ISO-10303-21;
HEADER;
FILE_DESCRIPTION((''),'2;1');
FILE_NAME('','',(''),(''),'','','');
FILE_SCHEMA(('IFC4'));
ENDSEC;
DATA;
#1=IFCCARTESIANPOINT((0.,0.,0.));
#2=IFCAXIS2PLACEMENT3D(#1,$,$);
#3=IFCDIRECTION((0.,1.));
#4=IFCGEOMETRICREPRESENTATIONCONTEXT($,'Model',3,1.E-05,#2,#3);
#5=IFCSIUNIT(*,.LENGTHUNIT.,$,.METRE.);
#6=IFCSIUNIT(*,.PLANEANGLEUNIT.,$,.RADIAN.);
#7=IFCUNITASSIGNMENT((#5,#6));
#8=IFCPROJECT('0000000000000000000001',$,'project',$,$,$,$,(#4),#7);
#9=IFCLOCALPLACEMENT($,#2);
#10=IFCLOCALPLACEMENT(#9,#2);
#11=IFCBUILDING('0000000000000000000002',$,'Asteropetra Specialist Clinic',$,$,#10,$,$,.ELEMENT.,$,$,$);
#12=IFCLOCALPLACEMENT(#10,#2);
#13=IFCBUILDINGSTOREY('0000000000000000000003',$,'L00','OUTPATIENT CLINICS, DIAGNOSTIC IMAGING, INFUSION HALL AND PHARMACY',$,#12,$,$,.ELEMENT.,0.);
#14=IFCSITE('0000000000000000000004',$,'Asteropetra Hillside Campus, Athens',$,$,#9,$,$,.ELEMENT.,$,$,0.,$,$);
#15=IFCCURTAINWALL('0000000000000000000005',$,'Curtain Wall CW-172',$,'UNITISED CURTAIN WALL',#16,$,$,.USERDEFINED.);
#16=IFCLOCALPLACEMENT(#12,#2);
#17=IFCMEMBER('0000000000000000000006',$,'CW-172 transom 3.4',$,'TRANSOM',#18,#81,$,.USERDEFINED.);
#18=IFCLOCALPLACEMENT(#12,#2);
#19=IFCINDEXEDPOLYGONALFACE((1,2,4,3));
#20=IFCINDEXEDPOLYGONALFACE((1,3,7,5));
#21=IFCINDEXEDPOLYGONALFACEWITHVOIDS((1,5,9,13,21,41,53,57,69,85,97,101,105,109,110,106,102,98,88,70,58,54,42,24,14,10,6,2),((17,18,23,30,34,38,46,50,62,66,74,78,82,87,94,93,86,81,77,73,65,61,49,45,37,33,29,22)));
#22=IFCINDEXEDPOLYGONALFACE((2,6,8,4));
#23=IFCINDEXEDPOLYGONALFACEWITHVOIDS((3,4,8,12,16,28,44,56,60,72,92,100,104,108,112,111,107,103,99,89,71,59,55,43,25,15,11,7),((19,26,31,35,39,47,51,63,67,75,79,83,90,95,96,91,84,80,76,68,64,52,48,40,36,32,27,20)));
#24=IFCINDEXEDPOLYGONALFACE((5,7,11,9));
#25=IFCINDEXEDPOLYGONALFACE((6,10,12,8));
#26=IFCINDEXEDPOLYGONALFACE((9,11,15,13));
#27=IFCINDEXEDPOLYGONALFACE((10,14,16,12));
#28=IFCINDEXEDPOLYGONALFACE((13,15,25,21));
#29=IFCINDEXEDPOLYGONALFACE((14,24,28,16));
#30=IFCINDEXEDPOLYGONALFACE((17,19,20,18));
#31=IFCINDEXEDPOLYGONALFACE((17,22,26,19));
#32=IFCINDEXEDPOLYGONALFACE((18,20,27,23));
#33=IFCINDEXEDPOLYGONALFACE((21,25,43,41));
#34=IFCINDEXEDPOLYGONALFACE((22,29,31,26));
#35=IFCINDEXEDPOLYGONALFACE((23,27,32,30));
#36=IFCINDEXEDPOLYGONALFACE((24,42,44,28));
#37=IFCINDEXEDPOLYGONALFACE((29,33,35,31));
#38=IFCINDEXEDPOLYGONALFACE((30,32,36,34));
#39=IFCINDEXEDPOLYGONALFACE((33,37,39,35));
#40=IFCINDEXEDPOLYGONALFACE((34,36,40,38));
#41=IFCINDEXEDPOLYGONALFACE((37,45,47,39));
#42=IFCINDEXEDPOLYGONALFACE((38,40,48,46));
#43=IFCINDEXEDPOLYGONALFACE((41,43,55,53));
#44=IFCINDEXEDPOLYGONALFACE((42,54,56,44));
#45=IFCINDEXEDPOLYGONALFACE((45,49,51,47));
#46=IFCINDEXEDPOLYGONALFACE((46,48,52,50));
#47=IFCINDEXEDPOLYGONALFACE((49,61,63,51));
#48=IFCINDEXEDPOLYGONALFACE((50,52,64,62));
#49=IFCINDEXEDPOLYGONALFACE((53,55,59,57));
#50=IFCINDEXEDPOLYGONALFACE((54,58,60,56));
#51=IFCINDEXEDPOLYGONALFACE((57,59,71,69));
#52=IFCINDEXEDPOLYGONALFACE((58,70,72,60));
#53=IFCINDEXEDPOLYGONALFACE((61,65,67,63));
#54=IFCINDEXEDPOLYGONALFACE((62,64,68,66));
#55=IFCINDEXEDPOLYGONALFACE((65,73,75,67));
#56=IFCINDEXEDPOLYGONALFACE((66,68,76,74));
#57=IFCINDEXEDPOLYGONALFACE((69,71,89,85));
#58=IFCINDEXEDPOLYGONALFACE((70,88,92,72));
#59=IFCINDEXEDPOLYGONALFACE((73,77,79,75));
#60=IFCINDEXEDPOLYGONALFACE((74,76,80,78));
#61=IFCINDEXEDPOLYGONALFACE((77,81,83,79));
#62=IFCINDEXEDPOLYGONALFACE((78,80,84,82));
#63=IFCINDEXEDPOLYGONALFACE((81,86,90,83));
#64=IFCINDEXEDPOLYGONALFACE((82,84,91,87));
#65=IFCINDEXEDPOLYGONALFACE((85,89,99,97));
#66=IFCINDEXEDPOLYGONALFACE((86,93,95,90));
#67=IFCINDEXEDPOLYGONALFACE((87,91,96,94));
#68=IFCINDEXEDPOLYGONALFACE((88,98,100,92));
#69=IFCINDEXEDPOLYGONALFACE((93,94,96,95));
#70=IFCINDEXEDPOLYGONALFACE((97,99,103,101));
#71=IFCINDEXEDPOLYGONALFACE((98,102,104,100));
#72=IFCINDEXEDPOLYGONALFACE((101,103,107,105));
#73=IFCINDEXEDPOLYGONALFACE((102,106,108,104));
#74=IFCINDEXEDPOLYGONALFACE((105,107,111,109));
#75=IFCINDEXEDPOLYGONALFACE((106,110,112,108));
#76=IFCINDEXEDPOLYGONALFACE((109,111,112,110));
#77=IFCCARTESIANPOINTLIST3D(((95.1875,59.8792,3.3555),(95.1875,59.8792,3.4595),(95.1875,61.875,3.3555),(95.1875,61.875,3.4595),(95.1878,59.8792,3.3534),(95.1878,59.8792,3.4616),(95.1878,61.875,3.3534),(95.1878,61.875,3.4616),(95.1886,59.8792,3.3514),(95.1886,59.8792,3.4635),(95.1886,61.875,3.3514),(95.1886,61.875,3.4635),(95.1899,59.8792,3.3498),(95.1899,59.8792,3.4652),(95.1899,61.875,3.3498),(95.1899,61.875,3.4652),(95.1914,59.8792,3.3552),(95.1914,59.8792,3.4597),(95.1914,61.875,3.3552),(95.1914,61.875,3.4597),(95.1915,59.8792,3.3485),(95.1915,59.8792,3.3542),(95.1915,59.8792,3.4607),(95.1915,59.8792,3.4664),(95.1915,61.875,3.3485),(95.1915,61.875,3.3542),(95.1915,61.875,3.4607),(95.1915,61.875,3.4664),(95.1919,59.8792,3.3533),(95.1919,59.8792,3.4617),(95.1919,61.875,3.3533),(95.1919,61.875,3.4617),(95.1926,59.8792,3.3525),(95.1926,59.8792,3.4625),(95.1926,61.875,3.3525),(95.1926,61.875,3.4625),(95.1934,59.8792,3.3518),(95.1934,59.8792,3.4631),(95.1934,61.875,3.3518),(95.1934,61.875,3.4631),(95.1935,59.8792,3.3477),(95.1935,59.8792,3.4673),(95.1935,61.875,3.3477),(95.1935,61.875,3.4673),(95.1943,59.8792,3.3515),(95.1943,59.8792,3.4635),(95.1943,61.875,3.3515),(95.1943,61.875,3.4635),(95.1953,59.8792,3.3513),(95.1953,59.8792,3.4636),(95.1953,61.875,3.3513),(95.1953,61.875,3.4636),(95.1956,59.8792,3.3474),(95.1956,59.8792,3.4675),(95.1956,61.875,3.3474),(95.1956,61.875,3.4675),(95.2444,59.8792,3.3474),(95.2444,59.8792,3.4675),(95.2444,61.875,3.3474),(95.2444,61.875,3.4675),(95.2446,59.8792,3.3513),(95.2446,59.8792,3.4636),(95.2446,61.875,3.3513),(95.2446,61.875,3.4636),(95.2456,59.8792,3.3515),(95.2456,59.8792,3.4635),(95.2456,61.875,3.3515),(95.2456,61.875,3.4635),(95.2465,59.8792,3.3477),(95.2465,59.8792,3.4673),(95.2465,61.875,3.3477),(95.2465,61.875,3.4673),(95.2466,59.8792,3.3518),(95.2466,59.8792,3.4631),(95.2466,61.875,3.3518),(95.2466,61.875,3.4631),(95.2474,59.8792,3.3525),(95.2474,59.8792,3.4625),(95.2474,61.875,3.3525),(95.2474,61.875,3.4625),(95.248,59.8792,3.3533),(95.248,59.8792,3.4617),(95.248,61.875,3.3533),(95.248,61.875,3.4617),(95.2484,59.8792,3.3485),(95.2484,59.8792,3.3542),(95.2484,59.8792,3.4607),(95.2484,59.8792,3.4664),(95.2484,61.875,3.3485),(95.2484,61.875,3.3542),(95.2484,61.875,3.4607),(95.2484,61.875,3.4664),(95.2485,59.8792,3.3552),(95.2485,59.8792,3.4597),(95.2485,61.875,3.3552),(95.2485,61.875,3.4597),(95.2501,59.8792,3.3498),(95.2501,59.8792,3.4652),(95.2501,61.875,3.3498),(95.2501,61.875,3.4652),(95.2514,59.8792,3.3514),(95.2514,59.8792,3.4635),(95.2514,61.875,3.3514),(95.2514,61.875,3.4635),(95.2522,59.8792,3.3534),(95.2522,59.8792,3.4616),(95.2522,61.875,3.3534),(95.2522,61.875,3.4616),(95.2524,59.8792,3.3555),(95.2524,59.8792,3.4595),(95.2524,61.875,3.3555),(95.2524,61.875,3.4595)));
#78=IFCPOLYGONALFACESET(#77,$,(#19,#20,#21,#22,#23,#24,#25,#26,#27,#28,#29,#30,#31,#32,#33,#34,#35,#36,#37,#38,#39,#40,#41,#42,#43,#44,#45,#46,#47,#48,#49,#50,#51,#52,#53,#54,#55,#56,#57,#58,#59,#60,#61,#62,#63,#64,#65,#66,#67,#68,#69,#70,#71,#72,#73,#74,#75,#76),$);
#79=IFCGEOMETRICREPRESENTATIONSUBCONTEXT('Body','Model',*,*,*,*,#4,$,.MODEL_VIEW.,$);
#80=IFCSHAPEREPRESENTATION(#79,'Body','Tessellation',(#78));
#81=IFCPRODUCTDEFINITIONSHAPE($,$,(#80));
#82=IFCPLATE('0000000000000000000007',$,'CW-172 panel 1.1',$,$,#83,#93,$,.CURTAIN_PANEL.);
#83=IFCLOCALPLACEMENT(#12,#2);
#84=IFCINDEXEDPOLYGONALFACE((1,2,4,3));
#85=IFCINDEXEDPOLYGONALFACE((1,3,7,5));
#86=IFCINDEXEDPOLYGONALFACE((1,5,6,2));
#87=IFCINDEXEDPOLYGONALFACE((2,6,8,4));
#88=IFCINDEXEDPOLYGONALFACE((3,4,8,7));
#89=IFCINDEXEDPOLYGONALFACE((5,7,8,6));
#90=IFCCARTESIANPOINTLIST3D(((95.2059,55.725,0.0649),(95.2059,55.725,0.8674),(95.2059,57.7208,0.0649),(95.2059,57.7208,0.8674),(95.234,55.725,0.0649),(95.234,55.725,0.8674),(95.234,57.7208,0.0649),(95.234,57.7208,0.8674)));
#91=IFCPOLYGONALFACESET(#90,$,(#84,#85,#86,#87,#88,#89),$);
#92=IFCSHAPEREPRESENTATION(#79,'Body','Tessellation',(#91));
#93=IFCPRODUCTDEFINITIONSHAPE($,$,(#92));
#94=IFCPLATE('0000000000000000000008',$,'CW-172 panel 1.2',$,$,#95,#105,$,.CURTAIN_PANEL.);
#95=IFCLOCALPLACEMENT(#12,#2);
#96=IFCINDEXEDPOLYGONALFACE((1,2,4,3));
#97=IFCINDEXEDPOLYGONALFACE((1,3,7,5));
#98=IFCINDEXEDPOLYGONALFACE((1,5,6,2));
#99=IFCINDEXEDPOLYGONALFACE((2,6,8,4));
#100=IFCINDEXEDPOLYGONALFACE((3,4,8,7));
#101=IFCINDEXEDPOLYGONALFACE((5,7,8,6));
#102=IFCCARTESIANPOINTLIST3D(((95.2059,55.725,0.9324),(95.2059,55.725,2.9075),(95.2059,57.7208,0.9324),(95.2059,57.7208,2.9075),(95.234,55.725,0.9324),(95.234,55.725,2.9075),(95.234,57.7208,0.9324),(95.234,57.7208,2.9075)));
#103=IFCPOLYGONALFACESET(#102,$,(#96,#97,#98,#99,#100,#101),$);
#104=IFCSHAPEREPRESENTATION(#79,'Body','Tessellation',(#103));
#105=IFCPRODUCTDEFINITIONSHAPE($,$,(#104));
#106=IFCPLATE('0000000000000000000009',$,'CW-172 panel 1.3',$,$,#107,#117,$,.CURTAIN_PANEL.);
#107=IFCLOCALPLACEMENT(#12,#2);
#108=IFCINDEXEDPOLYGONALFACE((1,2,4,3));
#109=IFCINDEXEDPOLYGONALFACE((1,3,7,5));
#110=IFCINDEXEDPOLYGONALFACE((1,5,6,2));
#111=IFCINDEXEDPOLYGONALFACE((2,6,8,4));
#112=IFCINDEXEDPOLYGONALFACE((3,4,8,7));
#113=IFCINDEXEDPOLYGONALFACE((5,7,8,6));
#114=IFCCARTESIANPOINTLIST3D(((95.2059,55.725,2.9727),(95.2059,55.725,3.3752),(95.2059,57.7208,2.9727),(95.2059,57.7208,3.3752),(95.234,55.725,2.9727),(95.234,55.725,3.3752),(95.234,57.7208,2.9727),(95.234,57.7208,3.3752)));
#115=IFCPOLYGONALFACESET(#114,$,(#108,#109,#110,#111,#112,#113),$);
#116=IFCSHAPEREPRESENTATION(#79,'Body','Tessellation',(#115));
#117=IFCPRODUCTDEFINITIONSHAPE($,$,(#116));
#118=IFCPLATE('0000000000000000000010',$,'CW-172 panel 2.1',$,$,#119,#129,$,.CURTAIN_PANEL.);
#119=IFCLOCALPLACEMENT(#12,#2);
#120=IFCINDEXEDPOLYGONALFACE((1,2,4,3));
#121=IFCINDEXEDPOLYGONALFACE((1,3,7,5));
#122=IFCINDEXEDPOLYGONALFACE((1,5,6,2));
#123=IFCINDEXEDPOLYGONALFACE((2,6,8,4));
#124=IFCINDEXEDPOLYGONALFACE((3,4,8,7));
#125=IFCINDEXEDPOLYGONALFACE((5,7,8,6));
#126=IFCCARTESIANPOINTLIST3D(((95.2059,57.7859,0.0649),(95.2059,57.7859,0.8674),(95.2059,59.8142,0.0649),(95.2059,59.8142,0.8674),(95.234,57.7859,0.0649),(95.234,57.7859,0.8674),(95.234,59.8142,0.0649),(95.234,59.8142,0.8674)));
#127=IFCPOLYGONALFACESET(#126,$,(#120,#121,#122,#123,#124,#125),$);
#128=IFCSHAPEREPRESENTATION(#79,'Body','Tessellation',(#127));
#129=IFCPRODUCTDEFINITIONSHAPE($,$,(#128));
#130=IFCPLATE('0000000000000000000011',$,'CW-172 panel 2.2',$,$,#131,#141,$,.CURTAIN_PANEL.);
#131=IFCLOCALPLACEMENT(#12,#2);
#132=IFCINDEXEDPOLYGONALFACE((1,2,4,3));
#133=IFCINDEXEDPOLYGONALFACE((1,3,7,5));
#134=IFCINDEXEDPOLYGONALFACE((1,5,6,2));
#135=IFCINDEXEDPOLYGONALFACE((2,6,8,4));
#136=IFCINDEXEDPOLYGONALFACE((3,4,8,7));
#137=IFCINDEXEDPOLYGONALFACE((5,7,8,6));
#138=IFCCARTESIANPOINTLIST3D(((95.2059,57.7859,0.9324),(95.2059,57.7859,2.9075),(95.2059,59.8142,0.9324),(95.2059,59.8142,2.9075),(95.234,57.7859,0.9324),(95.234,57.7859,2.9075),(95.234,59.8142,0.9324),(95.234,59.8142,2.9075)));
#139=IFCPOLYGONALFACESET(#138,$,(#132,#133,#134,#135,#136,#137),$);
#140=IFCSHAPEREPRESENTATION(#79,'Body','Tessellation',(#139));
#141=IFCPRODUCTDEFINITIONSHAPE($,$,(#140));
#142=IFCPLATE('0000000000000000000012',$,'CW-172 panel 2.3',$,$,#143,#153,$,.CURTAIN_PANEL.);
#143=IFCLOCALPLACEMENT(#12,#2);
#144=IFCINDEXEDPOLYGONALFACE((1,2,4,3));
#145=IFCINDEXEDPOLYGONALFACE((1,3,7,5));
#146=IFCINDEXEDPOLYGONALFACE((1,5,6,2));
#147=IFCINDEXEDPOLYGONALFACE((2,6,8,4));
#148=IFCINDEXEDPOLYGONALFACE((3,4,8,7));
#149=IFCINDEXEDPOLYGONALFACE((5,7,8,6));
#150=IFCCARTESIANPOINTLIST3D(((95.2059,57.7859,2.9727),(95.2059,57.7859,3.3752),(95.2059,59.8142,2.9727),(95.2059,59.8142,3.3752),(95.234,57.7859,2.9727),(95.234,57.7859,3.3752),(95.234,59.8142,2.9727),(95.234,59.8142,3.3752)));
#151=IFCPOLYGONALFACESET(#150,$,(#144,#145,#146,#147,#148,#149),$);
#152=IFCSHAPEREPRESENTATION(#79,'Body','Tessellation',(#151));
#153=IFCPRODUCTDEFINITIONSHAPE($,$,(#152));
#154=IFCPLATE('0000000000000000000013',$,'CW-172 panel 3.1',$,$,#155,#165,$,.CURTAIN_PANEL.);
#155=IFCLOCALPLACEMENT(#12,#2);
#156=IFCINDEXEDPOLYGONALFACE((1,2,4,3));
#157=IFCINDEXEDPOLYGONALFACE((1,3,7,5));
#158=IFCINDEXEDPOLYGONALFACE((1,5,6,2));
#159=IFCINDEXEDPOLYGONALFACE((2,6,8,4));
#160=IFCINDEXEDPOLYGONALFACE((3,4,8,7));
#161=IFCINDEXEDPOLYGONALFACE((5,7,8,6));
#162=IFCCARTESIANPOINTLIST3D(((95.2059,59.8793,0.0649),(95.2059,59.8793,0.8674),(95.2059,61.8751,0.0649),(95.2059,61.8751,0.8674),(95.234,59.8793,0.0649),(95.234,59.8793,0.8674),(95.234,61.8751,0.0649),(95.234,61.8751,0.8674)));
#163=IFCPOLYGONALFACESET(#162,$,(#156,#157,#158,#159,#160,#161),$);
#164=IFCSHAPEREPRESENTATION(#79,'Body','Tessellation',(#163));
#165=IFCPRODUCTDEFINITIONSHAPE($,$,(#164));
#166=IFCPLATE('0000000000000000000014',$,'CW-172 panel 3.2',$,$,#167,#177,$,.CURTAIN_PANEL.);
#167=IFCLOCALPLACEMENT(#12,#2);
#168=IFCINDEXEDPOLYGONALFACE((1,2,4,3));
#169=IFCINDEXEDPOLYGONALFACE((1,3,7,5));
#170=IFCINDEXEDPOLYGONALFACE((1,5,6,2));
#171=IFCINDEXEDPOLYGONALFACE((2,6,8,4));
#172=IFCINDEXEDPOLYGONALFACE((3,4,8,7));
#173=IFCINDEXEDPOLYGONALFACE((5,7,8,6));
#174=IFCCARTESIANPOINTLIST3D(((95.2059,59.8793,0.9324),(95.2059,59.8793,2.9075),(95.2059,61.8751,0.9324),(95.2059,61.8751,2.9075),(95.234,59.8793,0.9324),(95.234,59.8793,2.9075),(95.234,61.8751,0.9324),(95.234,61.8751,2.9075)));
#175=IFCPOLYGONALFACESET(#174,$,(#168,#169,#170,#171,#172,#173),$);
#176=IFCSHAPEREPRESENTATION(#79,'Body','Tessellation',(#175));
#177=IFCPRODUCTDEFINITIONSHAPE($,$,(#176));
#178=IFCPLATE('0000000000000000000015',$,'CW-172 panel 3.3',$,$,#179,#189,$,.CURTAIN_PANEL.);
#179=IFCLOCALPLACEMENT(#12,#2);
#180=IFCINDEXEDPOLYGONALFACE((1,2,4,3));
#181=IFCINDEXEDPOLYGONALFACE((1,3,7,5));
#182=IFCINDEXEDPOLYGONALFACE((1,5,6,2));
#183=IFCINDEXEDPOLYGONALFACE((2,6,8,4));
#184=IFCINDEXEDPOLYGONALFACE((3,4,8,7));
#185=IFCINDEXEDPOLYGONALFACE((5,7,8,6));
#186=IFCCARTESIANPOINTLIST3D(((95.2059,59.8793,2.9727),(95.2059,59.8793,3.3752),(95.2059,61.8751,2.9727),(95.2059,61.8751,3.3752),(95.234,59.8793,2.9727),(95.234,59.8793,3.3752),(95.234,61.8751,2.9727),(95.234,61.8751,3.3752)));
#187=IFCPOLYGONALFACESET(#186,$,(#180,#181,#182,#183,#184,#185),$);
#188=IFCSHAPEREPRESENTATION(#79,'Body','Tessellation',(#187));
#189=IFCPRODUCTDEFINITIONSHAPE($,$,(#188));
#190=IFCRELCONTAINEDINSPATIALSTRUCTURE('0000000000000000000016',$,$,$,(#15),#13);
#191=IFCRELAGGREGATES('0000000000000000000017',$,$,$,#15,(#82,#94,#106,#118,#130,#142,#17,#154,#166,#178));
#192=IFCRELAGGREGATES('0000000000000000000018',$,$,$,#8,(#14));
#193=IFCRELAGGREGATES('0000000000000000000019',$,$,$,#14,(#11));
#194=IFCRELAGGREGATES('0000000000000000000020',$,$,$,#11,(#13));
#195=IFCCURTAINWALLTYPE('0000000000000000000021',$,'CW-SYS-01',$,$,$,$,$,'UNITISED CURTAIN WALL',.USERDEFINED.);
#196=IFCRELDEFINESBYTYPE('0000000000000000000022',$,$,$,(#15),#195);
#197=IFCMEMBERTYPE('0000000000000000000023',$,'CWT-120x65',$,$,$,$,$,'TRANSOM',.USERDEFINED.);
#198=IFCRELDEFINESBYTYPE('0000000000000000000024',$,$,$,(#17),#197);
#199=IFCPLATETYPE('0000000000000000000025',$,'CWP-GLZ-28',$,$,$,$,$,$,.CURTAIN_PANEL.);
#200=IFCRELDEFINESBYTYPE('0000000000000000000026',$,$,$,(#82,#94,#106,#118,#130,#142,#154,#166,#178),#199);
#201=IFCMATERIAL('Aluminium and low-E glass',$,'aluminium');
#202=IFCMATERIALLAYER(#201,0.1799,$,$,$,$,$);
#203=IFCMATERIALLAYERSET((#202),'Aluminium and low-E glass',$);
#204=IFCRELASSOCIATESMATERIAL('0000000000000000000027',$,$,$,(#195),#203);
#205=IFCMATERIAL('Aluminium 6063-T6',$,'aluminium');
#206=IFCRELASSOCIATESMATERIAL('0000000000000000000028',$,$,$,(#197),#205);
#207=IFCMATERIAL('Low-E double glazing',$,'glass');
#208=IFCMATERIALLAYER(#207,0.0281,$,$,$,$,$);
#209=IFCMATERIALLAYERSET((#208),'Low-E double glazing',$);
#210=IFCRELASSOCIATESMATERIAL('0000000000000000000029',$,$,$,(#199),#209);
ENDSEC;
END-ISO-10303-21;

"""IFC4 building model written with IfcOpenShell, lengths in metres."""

from ifc_helpers import new_model, si_unit, direction, frame, origin, origin_2d, place, context, subcontext, project, spatial, rectangle, hollow_rectangle, extrude, material, layer, layer_set, material_profile, profile_set, type_object, element, aggregate, save


model = new_model("IFC4")

# Units and contexts
model_context = context("Model", 3, precision=1e-05, world=origin(), true_north=direction((0.0, 1.0)))
body_context = subcontext(model_context, "Body", "Model", "MODEL_VIEW")
ifc_project = project(units=[si_unit("LENGTHUNIT", "METRE"), si_unit("PLANEANGLEUNIT", "RADIAN")], contexts=[model_context])

# Site, building, storey
site_placement = place(None, origin())
site = spatial("IfcSite", under=ifc_project, at=site_placement, Name="Asteropetra Hillside Campus, Athens", CompositionType="ELEMENT", RefElevation=0.0)
building_placement = place(site_placement, origin())
building = spatial("IfcBuilding", under=site, at=building_placement, Name="Asteropetra Specialist Clinic", CompositionType="ELEMENT")
storey_placement = place(building_placement, origin())
storey = spatial("IfcBuildingStorey", under=building, at=storey_placement, Name="L00", Description="OUTPATIENT CLINICS, DIAGNOSTIC IMAGING, INFUSION HALL AND PHARMACY", CompositionType="ELEMENT", Elevation=0.0)

# Curtain wall
ifc_material_1 = material(Name="Aluminium and low-E glass", Category="aluminium")
ifc_layer_1 = layer(ifc_material_1, 0.1799)
ifc_layer_set_1 = layer_set([ifc_layer_1], Name="Aluminium and low-E glass")
curtain_wall_type_1 = type_object("IfcCurtainWallType", Name="CW-SYS-01", ElementType="UNITISED CURTAIN WALL", PredefinedType="USERDEFINED", material=ifc_layer_set_1)
curtain_wall_1_placement = place(storey_placement, origin())
curtain_wall_1 = element("IfcCurtainWall", 1, at=curtain_wall_1_placement, inside=storey, type_object=curtain_wall_type_1, Name="Curtain Wall CW-172", ObjectType="UNITISED CURTAIN WALL", PredefinedType="USERDEFINED")

# Member
ifc_material_2 = material(Name="Aluminium 6063-T6", Category="aluminium")
ifc_material_profile_1 = material_profile(ifc_material_2, hollow_rectangle(XDim=0.0649, YDim=0.1201, WallThickness=0.0039, InnerFilletRadius=0.0039, OuterFilletRadius=0.0081, at=origin_2d()), Name="TRN 120x65x4.0")
ifc_profile_set_1 = profile_set([ifc_material_profile_1], Name="Aluminium 6063-T6")
member_type_1 = type_object("IfcMemberType", Name="CWT-120x65", ElementType="TRANSOM", PredefinedType="USERDEFINED", material=ifc_profile_set_1)
member_1_placement = place(storey_placement, frame((95.22, 59.8792, 3.4075), z_axis=(0.0, 1.0, 0.0), x_axis=(-1.0, 0.0, 0.0)))
member_1 = element("IfcMember", 2, at=member_1_placement, type_object=member_type_1, Name="CW-172 transom 3.4", ObjectType="TRANSOM", PredefinedType="USERDEFINED", context=body_context, shape_type="SweptSolid", body=[
    extrude(hollow_rectangle(XDim=0.0649, YDim=0.1201, WallThickness=0.0039, InnerFilletRadius=0.0039, OuterFilletRadius=0.0081, at=origin_2d()), origin(), (0.0, 0.0, 1.0), 1.9958),
])

# Plates
ifc_material_3 = material(Name="Low-E double glazing", Category="glass")
ifc_layer_2 = layer(ifc_material_3, 0.0281)
ifc_layer_set_2 = layer_set([ifc_layer_2], Name="Low-E double glazing")
plate_type_1 = type_object("IfcPlateType", Name="CWP-GLZ-28", PredefinedType="CURTAIN_PANEL", material=ifc_layer_set_2)
plate_1_placement = place(storey_placement, frame((95.22, 56.7229, 0.0649), z_axis=(0.0, 0.0, 1.0), x_axis=(0.0, 1.0, 0.0)))
plate_1 = element("IfcPlate", 3, at=plate_1_placement, type_object=plate_type_1, Name="CW-172 panel 1.1", PredefinedType="CURTAIN_PANEL", context=body_context, shape_type="SweptSolid", body=[
    extrude(rectangle(XDim=1.9958, YDim=0.0281, at=origin_2d()), origin(), (0.0, 0.0, 1.0), 0.8025),
])
plate_2_placement = place(storey_placement, frame((95.22, 56.7229, 0.9324), z_axis=(0.0, 0.0, 1.0), x_axis=(0.0, 1.0, 0.0)))
plate_2 = element("IfcPlate", 4, at=plate_2_placement, type_object=plate_type_1, Name="CW-172 panel 1.2", PredefinedType="CURTAIN_PANEL", context=body_context, shape_type="SweptSolid", body=[
    extrude(rectangle(XDim=1.9958, YDim=0.0281, at=origin_2d()), origin(), (0.0, 0.0, 1.0), 1.9751),
])
plate_3_placement = place(storey_placement, frame((95.22, 56.7229, 2.9727), z_axis=(0.0, 0.0, 1.0), x_axis=(0.0, 1.0, 0.0)))
plate_3 = element("IfcPlate", 5, at=plate_3_placement, type_object=plate_type_1, Name="CW-172 panel 1.3", PredefinedType="CURTAIN_PANEL", context=body_context, shape_type="SweptSolid", body=[
    extrude(rectangle(XDim=1.9958, YDim=0.0281, at=origin_2d()), origin(), (0.0, 0.0, 1.0), 0.4026),
])
plate_4_placement = place(storey_placement, frame((95.22, 58.8, 0.0649), z_axis=(0.0, 0.0, 1.0), x_axis=(0.0, 1.0, 0.0)))
plate_4 = element("IfcPlate", 6, at=plate_4_placement, type_object=plate_type_1, Name="CW-172 panel 2.1", PredefinedType="CURTAIN_PANEL", context=body_context, shape_type="SweptSolid", body=[
    extrude(rectangle(XDim=2.0283, YDim=0.0281, at=origin_2d()), origin(), (0.0, 0.0, 1.0), 0.8025),
])
plate_5_placement = place(storey_placement, frame((95.22, 58.8, 0.9324), z_axis=(0.0, 0.0, 1.0), x_axis=(0.0, 1.0, 0.0)))
plate_5 = element("IfcPlate", 7, at=plate_5_placement, type_object=plate_type_1, Name="CW-172 panel 2.2", PredefinedType="CURTAIN_PANEL", context=body_context, shape_type="SweptSolid", body=[
    extrude(rectangle(XDim=2.0283, YDim=0.0281, at=origin_2d()), origin(), (0.0, 0.0, 1.0), 1.9751),
])
plate_6_placement = place(storey_placement, frame((95.22, 58.8, 2.9727), z_axis=(0.0, 0.0, 1.0), x_axis=(0.0, 1.0, 0.0)))
plate_6 = element("IfcPlate", 8, at=plate_6_placement, type_object=plate_type_1, Name="CW-172 panel 2.3", PredefinedType="CURTAIN_PANEL", context=body_context, shape_type="SweptSolid", body=[
    extrude(rectangle(XDim=2.0283, YDim=0.0281, at=origin_2d()), origin(), (0.0, 0.0, 1.0), 0.4026),
])
plate_7_placement = place(storey_placement, frame((95.22, 60.8772, 0.0649), z_axis=(0.0, 0.0, 1.0), x_axis=(0.0, 1.0, 0.0)))
plate_7 = element("IfcPlate", 9, at=plate_7_placement, type_object=plate_type_1, Name="CW-172 panel 3.1", PredefinedType="CURTAIN_PANEL", context=body_context, shape_type="SweptSolid", body=[
    extrude(rectangle(XDim=1.9958, YDim=0.0281, at=origin_2d()), origin(), (0.0, 0.0, 1.0), 0.8025),
])
plate_8_placement = place(storey_placement, frame((95.22, 60.8772, 0.9324), z_axis=(0.0, 0.0, 1.0), x_axis=(0.0, 1.0, 0.0)))
plate_8 = element("IfcPlate", 10, at=plate_8_placement, type_object=plate_type_1, Name="CW-172 panel 3.2", PredefinedType="CURTAIN_PANEL", context=body_context, shape_type="SweptSolid", body=[
    extrude(rectangle(XDim=1.9958, YDim=0.0281, at=origin_2d()), origin(), (0.0, 0.0, 1.0), 1.9751),
])
plate_9_placement = place(storey_placement, frame((95.22, 60.8772, 2.9727), z_axis=(0.0, 0.0, 1.0), x_axis=(0.0, 1.0, 0.0)))
plate_9 = element("IfcPlate", 11, at=plate_9_placement, type_object=plate_type_1, Name="CW-172 panel 3.3", PredefinedType="CURTAIN_PANEL", context=body_context, shape_type="SweptSolid", body=[
    extrude(rectangle(XDim=1.9958, YDim=0.0281, at=origin_2d()), origin(), (0.0, 0.0, 1.0), 0.4026),
])
aggregate(curtain_wall_1, [plate_1, plate_2, plate_3, plate_4, plate_5, plate_6, member_1, plate_7, plate_8, plate_9])

save(model, "model.ifc")
